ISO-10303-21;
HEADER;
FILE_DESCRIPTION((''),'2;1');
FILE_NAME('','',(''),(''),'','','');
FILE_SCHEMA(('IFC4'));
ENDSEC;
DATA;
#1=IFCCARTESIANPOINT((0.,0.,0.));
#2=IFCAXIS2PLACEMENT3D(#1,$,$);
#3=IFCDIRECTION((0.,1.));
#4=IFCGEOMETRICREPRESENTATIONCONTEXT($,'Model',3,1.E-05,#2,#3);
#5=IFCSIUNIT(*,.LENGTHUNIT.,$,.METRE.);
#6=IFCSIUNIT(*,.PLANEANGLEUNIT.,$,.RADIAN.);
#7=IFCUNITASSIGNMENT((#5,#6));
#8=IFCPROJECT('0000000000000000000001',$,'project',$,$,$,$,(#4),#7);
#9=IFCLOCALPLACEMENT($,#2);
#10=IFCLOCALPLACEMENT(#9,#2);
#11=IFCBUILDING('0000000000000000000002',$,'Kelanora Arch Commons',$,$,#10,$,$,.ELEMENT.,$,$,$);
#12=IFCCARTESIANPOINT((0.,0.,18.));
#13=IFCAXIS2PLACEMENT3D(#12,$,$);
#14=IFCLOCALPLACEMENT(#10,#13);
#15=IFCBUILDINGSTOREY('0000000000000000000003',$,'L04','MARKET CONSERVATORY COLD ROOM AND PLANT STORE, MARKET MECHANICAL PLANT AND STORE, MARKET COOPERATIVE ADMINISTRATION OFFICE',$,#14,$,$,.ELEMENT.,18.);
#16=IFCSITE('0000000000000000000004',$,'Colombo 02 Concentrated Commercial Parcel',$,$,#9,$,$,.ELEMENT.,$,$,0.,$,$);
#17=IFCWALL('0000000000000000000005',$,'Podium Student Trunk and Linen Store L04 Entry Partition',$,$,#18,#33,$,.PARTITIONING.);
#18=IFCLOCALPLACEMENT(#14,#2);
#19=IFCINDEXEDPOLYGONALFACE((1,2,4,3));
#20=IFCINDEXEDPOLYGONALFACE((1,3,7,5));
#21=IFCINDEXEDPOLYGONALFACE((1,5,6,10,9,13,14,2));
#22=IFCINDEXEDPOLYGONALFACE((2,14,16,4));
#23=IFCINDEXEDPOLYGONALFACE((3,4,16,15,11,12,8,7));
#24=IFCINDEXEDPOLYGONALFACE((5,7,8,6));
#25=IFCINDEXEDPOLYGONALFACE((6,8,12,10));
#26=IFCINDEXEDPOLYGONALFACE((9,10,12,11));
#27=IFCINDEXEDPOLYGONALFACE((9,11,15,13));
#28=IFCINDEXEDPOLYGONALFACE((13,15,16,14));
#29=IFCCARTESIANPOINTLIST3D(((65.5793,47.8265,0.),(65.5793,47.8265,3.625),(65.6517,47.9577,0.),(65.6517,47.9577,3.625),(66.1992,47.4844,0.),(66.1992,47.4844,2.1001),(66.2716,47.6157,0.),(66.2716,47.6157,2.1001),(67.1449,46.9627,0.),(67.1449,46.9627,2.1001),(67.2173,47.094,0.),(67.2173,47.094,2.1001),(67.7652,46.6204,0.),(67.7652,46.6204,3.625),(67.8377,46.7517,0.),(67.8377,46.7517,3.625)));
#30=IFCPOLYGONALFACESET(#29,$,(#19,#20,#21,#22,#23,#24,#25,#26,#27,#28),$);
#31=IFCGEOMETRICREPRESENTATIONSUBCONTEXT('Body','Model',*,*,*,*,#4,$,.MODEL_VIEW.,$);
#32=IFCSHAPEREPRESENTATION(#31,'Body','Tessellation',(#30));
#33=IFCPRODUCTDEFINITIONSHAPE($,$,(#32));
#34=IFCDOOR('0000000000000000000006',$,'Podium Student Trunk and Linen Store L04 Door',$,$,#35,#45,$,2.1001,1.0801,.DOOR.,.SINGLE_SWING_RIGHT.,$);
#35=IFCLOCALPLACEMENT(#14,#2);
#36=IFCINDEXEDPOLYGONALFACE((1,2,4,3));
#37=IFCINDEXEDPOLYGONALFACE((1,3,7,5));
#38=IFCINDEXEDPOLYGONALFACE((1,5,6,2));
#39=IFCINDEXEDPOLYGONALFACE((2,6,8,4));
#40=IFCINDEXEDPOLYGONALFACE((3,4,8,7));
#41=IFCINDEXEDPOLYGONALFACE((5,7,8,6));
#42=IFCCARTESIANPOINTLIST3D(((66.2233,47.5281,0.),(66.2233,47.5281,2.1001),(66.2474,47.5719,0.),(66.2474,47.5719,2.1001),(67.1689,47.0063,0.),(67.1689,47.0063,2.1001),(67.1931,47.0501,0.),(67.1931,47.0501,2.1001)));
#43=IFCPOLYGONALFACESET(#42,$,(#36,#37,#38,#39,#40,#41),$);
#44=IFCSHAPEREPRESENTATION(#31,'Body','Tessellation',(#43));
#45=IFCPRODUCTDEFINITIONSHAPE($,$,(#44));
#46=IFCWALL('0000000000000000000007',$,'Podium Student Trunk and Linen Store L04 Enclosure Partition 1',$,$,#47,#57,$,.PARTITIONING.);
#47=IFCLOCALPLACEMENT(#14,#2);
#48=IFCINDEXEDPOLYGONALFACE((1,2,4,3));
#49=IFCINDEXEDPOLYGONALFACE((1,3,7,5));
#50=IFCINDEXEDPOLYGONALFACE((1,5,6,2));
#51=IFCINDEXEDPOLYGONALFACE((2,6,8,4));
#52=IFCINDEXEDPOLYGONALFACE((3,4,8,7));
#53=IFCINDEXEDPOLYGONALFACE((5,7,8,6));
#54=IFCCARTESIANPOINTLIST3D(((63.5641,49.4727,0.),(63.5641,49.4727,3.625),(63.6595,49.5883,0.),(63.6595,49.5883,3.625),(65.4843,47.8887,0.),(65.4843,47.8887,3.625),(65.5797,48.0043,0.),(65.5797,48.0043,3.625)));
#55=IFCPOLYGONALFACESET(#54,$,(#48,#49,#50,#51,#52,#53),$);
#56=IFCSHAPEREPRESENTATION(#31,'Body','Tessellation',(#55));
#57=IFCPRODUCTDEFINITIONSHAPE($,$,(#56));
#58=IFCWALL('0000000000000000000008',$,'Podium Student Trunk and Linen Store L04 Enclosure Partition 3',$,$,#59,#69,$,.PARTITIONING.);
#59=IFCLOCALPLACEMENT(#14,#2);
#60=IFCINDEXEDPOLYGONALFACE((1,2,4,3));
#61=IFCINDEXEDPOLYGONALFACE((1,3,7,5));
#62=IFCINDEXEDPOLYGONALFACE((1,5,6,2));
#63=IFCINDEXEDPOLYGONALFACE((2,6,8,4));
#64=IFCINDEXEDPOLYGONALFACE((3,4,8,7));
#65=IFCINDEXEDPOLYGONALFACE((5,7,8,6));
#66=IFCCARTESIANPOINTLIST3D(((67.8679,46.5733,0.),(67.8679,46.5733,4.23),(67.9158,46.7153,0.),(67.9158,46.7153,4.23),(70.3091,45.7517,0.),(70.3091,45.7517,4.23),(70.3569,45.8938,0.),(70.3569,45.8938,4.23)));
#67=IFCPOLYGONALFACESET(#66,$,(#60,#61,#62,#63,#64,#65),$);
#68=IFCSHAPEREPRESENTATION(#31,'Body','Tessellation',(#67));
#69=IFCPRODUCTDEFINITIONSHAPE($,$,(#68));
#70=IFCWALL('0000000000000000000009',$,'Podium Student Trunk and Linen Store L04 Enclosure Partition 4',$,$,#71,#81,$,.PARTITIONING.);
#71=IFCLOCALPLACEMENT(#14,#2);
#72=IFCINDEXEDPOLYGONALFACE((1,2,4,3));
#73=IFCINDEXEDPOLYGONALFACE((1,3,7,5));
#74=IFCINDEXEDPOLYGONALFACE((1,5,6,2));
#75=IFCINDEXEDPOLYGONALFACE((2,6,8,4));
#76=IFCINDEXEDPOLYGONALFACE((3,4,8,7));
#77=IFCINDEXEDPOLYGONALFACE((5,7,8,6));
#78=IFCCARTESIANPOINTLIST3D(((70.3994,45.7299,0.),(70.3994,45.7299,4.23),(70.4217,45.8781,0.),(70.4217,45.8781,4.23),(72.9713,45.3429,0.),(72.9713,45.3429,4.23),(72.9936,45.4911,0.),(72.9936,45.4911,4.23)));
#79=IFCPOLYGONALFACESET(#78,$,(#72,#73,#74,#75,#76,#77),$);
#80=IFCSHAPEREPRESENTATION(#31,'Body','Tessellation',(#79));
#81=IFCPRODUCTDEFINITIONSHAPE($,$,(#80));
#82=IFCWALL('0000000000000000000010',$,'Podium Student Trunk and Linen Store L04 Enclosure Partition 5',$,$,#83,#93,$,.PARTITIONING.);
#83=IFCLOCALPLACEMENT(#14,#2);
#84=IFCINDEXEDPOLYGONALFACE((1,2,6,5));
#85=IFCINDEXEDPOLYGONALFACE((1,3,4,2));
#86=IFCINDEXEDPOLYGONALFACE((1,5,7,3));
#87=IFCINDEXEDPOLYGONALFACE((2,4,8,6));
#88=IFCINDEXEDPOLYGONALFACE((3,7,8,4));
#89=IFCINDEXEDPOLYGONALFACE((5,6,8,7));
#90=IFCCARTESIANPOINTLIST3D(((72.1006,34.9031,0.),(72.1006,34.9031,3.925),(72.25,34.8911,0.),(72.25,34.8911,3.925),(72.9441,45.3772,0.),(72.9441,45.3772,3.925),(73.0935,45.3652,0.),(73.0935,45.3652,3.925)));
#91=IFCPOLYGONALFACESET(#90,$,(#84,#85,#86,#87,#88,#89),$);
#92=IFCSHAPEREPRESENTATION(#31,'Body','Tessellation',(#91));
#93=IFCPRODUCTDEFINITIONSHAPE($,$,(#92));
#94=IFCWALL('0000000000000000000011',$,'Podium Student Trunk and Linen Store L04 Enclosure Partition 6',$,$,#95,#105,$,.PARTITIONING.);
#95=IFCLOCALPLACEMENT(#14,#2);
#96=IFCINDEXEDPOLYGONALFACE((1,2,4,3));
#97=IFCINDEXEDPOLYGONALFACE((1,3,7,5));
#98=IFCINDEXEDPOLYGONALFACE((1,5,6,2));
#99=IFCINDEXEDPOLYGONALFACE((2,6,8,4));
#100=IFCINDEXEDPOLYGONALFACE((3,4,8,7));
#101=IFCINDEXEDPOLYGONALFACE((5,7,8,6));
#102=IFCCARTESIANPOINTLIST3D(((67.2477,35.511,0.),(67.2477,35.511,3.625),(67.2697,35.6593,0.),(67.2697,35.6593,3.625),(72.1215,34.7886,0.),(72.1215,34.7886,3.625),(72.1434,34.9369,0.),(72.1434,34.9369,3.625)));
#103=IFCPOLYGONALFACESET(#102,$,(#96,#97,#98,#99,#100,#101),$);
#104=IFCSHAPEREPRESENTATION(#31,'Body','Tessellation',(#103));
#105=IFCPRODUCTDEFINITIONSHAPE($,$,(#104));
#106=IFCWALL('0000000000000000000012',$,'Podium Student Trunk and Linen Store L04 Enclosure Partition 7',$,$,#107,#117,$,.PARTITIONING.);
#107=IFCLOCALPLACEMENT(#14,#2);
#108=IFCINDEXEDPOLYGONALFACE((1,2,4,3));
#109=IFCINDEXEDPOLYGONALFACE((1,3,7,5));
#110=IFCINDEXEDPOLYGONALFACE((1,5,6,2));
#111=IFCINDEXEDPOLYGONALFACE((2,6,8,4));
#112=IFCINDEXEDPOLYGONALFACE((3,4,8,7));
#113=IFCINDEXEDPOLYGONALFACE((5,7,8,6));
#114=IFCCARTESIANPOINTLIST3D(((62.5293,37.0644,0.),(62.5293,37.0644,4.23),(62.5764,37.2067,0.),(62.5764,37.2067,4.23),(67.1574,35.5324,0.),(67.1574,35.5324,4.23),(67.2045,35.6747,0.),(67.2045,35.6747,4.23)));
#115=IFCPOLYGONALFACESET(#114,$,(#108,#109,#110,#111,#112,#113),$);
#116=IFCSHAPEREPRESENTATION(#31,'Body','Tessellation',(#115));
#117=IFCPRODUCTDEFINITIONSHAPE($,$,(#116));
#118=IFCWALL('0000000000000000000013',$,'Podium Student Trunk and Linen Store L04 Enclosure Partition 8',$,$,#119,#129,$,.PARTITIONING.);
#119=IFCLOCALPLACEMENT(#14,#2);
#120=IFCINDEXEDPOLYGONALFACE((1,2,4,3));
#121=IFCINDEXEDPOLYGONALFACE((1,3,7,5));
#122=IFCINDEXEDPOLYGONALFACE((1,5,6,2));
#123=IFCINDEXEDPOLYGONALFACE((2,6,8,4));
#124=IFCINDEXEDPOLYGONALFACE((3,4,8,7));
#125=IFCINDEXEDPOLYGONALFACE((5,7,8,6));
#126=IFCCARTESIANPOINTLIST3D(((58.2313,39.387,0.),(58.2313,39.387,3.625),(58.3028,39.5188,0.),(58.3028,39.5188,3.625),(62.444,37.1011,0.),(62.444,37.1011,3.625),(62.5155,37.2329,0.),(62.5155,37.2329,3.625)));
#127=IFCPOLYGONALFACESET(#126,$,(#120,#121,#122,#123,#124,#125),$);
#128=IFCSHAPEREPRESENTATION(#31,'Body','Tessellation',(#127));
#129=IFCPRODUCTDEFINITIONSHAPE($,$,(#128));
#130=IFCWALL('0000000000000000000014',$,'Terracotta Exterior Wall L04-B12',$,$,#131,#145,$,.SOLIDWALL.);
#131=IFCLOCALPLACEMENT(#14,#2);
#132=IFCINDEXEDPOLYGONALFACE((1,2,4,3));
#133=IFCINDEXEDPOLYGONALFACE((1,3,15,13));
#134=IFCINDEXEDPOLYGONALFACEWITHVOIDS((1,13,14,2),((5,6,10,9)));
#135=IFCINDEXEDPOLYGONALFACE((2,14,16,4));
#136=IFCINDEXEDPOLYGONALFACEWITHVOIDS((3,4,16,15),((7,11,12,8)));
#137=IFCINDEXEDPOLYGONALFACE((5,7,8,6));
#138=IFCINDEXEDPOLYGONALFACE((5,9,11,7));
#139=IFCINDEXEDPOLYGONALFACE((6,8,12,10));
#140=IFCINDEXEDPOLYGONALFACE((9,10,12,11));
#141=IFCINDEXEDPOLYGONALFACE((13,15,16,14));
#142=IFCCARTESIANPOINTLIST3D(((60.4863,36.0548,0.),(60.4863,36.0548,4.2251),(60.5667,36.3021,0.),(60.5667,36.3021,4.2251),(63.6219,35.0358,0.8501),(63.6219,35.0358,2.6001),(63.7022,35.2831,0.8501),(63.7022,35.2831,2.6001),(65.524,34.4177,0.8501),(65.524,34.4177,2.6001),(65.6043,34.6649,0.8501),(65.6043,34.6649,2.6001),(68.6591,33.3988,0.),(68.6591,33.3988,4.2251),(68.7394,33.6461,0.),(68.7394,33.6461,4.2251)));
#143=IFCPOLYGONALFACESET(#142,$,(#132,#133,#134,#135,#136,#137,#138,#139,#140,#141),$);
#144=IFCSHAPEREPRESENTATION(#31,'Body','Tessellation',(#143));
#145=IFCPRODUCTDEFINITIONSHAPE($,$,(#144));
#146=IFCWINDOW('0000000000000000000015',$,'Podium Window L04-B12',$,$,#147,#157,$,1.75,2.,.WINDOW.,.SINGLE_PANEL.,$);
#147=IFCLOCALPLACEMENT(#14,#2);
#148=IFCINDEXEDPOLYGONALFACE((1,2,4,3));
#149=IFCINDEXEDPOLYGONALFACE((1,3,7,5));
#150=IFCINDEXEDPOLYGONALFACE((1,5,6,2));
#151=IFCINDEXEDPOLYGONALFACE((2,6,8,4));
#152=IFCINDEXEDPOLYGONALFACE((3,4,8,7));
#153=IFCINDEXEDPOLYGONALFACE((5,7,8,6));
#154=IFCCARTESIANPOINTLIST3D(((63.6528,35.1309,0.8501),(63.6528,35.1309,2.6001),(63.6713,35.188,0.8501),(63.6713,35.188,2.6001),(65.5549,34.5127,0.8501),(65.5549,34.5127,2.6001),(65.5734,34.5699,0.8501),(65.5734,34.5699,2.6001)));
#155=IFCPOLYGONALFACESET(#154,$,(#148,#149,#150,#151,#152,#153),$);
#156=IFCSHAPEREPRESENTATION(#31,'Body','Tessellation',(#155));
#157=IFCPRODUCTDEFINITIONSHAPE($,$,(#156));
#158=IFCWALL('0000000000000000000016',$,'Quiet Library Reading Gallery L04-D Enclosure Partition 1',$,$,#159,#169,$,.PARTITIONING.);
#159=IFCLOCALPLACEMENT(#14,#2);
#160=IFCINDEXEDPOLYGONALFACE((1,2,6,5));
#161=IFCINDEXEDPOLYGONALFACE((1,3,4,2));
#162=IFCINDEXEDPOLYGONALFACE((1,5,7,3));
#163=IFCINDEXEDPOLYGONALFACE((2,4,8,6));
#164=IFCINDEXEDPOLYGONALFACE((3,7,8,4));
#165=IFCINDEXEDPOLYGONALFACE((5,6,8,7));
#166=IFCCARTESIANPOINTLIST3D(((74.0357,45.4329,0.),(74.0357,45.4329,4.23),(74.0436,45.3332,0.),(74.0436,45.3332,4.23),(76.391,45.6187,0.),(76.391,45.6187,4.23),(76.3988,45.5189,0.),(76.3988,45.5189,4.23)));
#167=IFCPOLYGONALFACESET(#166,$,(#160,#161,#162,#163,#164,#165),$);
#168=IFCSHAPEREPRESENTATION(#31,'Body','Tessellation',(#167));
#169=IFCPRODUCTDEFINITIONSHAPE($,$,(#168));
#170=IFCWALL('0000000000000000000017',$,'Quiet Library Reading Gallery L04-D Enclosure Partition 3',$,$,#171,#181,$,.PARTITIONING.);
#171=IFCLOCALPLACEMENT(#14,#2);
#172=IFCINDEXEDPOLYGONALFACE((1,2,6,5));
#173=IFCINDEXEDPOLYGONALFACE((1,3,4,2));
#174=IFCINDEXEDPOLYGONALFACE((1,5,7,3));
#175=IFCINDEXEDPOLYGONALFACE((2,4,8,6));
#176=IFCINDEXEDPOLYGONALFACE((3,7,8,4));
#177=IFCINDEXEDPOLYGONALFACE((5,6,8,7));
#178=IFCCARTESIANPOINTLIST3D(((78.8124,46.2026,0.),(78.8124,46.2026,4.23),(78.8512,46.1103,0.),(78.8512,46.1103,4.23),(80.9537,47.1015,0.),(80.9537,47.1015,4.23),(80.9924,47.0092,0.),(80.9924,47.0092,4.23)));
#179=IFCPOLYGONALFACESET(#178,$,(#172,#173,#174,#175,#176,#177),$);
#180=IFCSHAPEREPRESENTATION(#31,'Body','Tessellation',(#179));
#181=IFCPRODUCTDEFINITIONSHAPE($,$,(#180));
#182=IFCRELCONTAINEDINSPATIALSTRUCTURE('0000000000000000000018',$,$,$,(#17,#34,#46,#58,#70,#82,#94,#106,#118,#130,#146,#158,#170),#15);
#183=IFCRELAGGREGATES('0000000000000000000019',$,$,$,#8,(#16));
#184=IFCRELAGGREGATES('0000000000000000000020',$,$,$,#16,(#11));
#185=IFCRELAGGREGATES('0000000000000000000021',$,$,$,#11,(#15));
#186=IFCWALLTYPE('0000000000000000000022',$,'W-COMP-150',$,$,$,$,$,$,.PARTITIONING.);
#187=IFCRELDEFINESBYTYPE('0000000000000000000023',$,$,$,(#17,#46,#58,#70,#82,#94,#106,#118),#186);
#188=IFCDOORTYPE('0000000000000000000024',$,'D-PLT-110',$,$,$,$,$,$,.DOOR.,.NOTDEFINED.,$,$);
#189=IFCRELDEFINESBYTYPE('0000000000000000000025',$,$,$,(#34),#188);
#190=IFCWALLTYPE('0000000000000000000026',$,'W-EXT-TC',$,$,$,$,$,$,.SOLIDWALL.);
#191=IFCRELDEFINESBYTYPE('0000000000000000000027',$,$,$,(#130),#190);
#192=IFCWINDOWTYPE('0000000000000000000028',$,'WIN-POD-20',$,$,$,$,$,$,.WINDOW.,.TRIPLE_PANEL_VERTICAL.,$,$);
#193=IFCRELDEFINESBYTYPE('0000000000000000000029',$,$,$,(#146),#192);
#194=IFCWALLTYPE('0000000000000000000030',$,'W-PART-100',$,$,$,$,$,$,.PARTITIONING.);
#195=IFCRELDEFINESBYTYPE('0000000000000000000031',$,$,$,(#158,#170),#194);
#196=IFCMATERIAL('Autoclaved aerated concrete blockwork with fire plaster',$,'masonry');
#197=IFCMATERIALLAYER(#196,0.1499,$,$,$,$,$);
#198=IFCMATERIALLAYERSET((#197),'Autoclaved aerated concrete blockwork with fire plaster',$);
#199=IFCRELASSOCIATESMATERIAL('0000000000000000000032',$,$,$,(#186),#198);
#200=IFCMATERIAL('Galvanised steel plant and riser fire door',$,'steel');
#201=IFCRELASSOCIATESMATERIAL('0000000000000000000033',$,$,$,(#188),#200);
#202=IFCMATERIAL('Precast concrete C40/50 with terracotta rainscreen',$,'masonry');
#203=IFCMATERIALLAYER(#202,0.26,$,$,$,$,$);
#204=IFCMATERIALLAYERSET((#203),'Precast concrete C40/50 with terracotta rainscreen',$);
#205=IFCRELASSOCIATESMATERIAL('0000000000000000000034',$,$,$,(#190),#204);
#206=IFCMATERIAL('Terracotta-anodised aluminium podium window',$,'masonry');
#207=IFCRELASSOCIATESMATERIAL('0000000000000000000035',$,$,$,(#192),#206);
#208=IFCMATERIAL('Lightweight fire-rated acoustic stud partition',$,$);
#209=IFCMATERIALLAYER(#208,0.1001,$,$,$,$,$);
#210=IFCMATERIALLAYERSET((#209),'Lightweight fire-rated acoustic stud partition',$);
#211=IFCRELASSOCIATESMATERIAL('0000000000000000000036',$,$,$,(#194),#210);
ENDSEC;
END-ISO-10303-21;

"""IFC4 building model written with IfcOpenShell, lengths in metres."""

from ifc_helpers import new_model, si_unit, direction, frame, frame_2d, origin, place, context, subcontext, project, spatial, rectangle, extrude, material, layer, layer_set, type_object, element, fill, save


model = new_model("IFC4")

# Units and contexts
model_context = context("Model", 3, precision=1e-05, world=origin(), true_north=direction((0.0, 1.0)))
body_context = subcontext(model_context, "Body", "Model", "MODEL_VIEW")
ifc_project = project(units=[si_unit("LENGTHUNIT", "METRE"), si_unit("PLANEANGLEUNIT", "RADIAN")], contexts=[model_context])

# Site, building, storey
site_placement = place(None, origin())
site = spatial("IfcSite", under=ifc_project, at=site_placement, Name="Colombo 02 Concentrated Commercial Parcel", CompositionType="ELEMENT", RefElevation=0.0)
building_placement = place(site_placement, origin())
building = spatial("IfcBuilding", under=site, at=building_placement, Name="Kelanora Arch Commons", CompositionType="ELEMENT")
storey_placement = place(building_placement, frame((0.0, 0.0, 18.0)))
storey = spatial("IfcBuildingStorey", under=building, at=storey_placement, Name="L04", Description="MARKET CONSERVATORY COLD ROOM AND PLANT STORE, MARKET MECHANICAL PLANT AND STORE, MARKET COOPERATIVE ADMINISTRATION OFFICE", CompositionType="ELEMENT", Elevation=18.0)

# Wall, opening, door
ifc_material_1 = material(Name="Autoclaved aerated concrete blockwork with fire plaster", Category="masonry")
ifc_layer_1 = layer(ifc_material_1, 0.1499)
ifc_layer_set_1 = layer_set([ifc_layer_1], Name="Autoclaved aerated concrete blockwork with fire plaster")
wall_type_1 = type_object("IfcWallType", Name="W-COMP-150", PredefinedType="PARTITIONING", material=ifc_layer_set_1)
wall_1_placement = place(storey_placement, frame((65.6155, 47.8921, 0.0), z_axis=(0.0, 0.0, 1.0), x_axis=(0.875583, -0.483067, 0.0)))
wall_1 = element("IfcWall", 1, at=wall_1_placement, inside=storey, type_object=wall_type_1, Name="Podium Student Trunk and Linen Store L04 Entry Partition", PredefinedType="PARTITIONING", context=body_context, shape_type="SweptSolid", body=[
    extrude(rectangle(XDim=2.4966, YDim=0.1499, at=frame_2d((1.2483, 0.0))), origin(), (0.0, 0.0, 1.0), 3.625),
])
opening_1_placement = place(wall_1_placement, frame((0.708, 0.0, 0.0)))
opening_1 = element("IfcOpeningElement", 2, at=opening_1_placement, cuts=wall_1, PredefinedType="OPENING", context=body_context, shape_type="SweptSolid", body=[
    extrude(rectangle(XDim=1.0801, YDim=2.1001, at=frame_2d((0.54, 1.05))), frame((0.0, 0.085, 0.0), z_axis=(0.0, -1.0, 0.0), x_axis=(1.0, 0.0, 0.0)), (0.0, 0.0, 1.0), 0.1699),
])
ifc_material_2 = material(Name="Galvanised steel plant and riser fire door", Category="steel")
door_type_1 = type_object("IfcDoorType", Name="D-PLT-110", OperationType="NOTDEFINED", PredefinedType="DOOR", material=ifc_material_2)
door_1_placement = place(opening_1_placement, origin())
door_1 = element("IfcDoor", 3, at=door_1_placement, inside=storey, type_object=door_type_1, Name="Podium Student Trunk and Linen Store L04 Door", OperationType="SINGLE_SWING_RIGHT", OverallHeight=2.1001, OverallWidth=1.0801, PredefinedType="DOOR", context=body_context, shape_type="SweptSolid", body=[
    extrude(rectangle(XDim=1.0801, YDim=2.1001, at=frame_2d((0.54, 1.05))), frame((0.0, 0.0249, 0.0), z_axis=(0.0, -1.0, 0.0), x_axis=(1.0, 0.0, 0.0)), (0.0, 0.0, 1.0), 0.05),
])
fill(opening_1, door_1)

# Walls
wall_2_placement = place(storey_placement, frame((63.6118, 49.5305, 0.0), z_axis=(0.0, 0.0, 1.0), x_axis=(0.771403, -0.636346, 0.0)))
element("IfcWall", 4, at=wall_2_placement, inside=storey, type_object=wall_type_1, Name="Podium Student Trunk and Linen Store L04 Enclosure Partition 1", PredefinedType="PARTITIONING", context=body_context, shape_type="SweptSolid", body=[
    extrude(rectangle(XDim=2.4893, YDim=0.1499, at=frame_2d((1.2446, 0.0))), origin(), (0.0, 0.0, 1.0), 3.625),
])
wall_3_placement = place(storey_placement, frame((67.8918, 46.6443, 0.0), z_axis=(0.0, 0.0, 1.0), x_axis=(0.947769, -0.318956, 0.0)))
element("IfcWall", 5, at=wall_3_placement, inside=storey, type_object=wall_type_1, Name="Podium Student Trunk and Linen Store L04 Enclosure Partition 3", PredefinedType="PARTITIONING", context=body_context, shape_type="SweptSolid", body=[
    extrude(rectangle(XDim=2.5757, YDim=0.1499, at=frame_2d((1.2878, 0.0))), origin(), (0.0, 0.0, 1.0), 4.23),
])
wall_4_placement = place(storey_placement, frame((70.4106, 45.804, 0.0), z_axis=(0.0, 0.0, 1.0), x_axis=(0.988869, -0.14879, 0.0)))
element("IfcWall", 6, at=wall_4_placement, inside=storey, type_object=wall_type_1, Name="Podium Student Trunk and Linen Store L04 Enclosure Partition 4", PredefinedType="PARTITIONING", context=body_context, shape_type="SweptSolid", body=[
    extrude(rectangle(XDim=2.6008, YDim=0.1499, at=frame_2d((1.3003, 0.0))), origin(), (0.0, 0.0, 1.0), 4.23),
])
wall_5_placement = place(storey_placement, frame((73.0188, 45.3711, 0.0), z_axis=(0.0, 0.0, 1.0), x_axis=(-0.080272, -0.996773, 0.0)))
element("IfcWall", 7, at=wall_5_placement, inside=storey, type_object=wall_type_1, Name="Podium Student Trunk and Linen Store L04 Enclosure Partition 5", PredefinedType="PARTITIONING", context=body_context, shape_type="SweptSolid", body=[
    extrude(rectangle(XDim=10.5081, YDim=0.1499, at=frame_2d((5.2539, 0.0))), origin(), (0.0, 0.0, 1.0), 3.925),
])
wall_6_placement = place(storey_placement, frame((72.1323, 34.8628, 0.0), z_axis=(0.0, 0.0, 1.0), x_axis=(-0.989193, 0.146622, 0.0)))
element("IfcWall", 8, at=wall_6_placement, inside=storey, type_object=wall_type_1, Name="Podium Student Trunk and Linen Store L04 Enclosure Partition 6", PredefinedType="PARTITIONING", context=body_context, shape_type="SweptSolid", body=[
    extrude(rectangle(XDim=4.927, YDim=0.1499, at=frame_2d((2.4634, 0.0))), origin(), (0.0, 0.0, 1.0), 3.625),
])
wall_7_placement = place(storey_placement, frame((67.1809, 35.6035, 0.0), z_axis=(0.0, 0.0, 1.0), x_axis=(-0.949337, 0.314259, 0.0)))
element("IfcWall", 9, at=wall_7_placement, inside=storey, type_object=wall_type_1, Name="Podium Student Trunk and Linen Store L04 Enclosure Partition 7", PredefinedType="PARTITIONING", context=body_context, shape_type="SweptSolid", body=[
    extrude(rectangle(XDim=4.875, YDim=0.1499, at=frame_2d((2.4375, 0.0))), origin(), (0.0, 0.0, 1.0), 4.23),
])
wall_8_placement = place(storey_placement, frame((62.4797, 37.167, 0.0), z_axis=(0.0, 0.0, 1.0), x_axis=(-0.878939, 0.476934, 0.0)))
element("IfcWall", 10, at=wall_8_placement, inside=storey, type_object=wall_type_1, Name="Podium Student Trunk and Linen Store L04 Enclosure Partition 8", PredefinedType="PARTITIONING", context=body_context, shape_type="SweptSolid", body=[
    extrude(rectangle(XDim=4.793, YDim=0.1499, at=frame_2d((2.3965, 0.0))), origin(), (0.0, 0.0, 1.0), 3.625),
])

# Wall, opening, window
ifc_material_3 = material(Name="Precast concrete C40/50 with terracotta rainscreen", Category="masonry")
ifc_layer_2 = layer(ifc_material_3, 0.26)
ifc_layer_set_2 = layer_set([ifc_layer_2], Name="Precast concrete C40/50 with terracotta rainscreen")
wall_type_2 = type_object("IfcWallType", Name="W-EXT-TC", PredefinedType="SOLIDWALL", material=ifc_layer_set_2)
wall_9_placement = place(storey_placement, frame((60.5264, 36.1785, 0.0), z_axis=(0.0, 0.0, 1.0), x_axis=(0.95104, -0.309068, 0.0)))
wall_9 = element("IfcWall", 11, at=wall_9_placement, inside=storey, type_object=wall_type_2, Name="Terracotta Exterior Wall L04-B12", PredefinedType="SOLIDWALL", context=body_context, shape_type="SweptSolid", body=[
    extrude(rectangle(XDim=8.5935, YDim=0.26, at=frame_2d((4.2969, 0.0))), origin(), (0.0, 0.0, 1.0), 4.2251),
])
opening_2_placement = place(wall_9_placement, frame((3.2971, 0.0, 0.8501)))
opening_2 = element("IfcOpeningElement", 12, at=opening_2_placement, cuts=wall_9, PredefinedType="OPENING", context=body_context, shape_type="SweptSolid", body=[
    extrude(rectangle(XDim=2.0, YDim=1.75, at=frame_2d((1.0, 0.875))), frame((0.0, 0.1401, 0.0), z_axis=(0.0, -1.0, 0.0), x_axis=(1.0, 0.0, 0.0)), (0.0, 0.0, 1.0), 0.28),
])
ifc_material_4 = material(Name="Terracotta-anodised aluminium podium window", Category="masonry")
window_type = type_object("IfcWindowType", Name="WIN-POD-20", PartitioningType="TRIPLE_PANEL_VERTICAL", PredefinedType="WINDOW", material=ifc_material_4)
window_placement = place(opening_2_placement, origin())
window = element("IfcWindow", 13, at=window_placement, inside=storey, type_object=window_type, Name="Podium Window L04-B12", OverallHeight=1.75, OverallWidth=2.0, PartitioningType="SINGLE_PANEL", PredefinedType="WINDOW", context=body_context, shape_type="SweptSolid", body=[
    extrude(rectangle(XDim=2.0, YDim=1.75, at=frame_2d((1.0, 0.875))), frame((0.0, 0.03, 0.0), z_axis=(0.0, -1.0, 0.0), x_axis=(1.0, 0.0, 0.0)), (0.0, 0.0, 1.0), 0.0601),
])
fill(opening_2, window)

# Walls
ifc_material_5 = material(Name="Lightweight fire-rated acoustic stud partition")
ifc_layer_3 = layer(ifc_material_5, 0.1001)
ifc_layer_set_3 = layer_set([ifc_layer_3], Name="Lightweight fire-rated acoustic stud partition")
wall_type_3 = type_object("IfcWallType", Name="W-PART-100", PredefinedType="PARTITIONING", material=ifc_layer_set_3)
wall_10_placement = place(storey_placement, frame((74.0398, 45.3831, 0.0), z_axis=(0.0, 0.0, 1.0), x_axis=(0.996903, 0.07864, 0.0)))
element("IfcWall", 14, at=wall_10_placement, inside=storey, type_object=wall_type_3, Name="Quiet Library Reading Gallery L04-D Enclosure Partition 1", PredefinedType="PARTITIONING", context=body_context, shape_type="SweptSolid", body=[
    extrude(rectangle(XDim=2.3625, YDim=0.1001, at=frame_2d((1.1812, 0.0))), origin(), (0.0, 0.0, 1.0), 4.23),
])
wall_11_placement = place(storey_placement, frame((78.8318, 46.1565, 0.0), z_axis=(0.0, 0.0, 1.0), x_axis=(0.92205, 0.38707, 0.0)))
element("IfcWall", 15, at=wall_11_placement, inside=storey, type_object=wall_type_3, Name="Quiet Library Reading Gallery L04-D Enclosure Partition 3", PredefinedType="PARTITIONING", context=body_context, shape_type="SweptSolid", body=[
    extrude(rectangle(XDim=2.3223, YDim=0.1001, at=frame_2d((1.1611, 0.0))), origin(), (0.0, 0.0, 1.0), 4.23),
])

save(model, "model.ifc")
